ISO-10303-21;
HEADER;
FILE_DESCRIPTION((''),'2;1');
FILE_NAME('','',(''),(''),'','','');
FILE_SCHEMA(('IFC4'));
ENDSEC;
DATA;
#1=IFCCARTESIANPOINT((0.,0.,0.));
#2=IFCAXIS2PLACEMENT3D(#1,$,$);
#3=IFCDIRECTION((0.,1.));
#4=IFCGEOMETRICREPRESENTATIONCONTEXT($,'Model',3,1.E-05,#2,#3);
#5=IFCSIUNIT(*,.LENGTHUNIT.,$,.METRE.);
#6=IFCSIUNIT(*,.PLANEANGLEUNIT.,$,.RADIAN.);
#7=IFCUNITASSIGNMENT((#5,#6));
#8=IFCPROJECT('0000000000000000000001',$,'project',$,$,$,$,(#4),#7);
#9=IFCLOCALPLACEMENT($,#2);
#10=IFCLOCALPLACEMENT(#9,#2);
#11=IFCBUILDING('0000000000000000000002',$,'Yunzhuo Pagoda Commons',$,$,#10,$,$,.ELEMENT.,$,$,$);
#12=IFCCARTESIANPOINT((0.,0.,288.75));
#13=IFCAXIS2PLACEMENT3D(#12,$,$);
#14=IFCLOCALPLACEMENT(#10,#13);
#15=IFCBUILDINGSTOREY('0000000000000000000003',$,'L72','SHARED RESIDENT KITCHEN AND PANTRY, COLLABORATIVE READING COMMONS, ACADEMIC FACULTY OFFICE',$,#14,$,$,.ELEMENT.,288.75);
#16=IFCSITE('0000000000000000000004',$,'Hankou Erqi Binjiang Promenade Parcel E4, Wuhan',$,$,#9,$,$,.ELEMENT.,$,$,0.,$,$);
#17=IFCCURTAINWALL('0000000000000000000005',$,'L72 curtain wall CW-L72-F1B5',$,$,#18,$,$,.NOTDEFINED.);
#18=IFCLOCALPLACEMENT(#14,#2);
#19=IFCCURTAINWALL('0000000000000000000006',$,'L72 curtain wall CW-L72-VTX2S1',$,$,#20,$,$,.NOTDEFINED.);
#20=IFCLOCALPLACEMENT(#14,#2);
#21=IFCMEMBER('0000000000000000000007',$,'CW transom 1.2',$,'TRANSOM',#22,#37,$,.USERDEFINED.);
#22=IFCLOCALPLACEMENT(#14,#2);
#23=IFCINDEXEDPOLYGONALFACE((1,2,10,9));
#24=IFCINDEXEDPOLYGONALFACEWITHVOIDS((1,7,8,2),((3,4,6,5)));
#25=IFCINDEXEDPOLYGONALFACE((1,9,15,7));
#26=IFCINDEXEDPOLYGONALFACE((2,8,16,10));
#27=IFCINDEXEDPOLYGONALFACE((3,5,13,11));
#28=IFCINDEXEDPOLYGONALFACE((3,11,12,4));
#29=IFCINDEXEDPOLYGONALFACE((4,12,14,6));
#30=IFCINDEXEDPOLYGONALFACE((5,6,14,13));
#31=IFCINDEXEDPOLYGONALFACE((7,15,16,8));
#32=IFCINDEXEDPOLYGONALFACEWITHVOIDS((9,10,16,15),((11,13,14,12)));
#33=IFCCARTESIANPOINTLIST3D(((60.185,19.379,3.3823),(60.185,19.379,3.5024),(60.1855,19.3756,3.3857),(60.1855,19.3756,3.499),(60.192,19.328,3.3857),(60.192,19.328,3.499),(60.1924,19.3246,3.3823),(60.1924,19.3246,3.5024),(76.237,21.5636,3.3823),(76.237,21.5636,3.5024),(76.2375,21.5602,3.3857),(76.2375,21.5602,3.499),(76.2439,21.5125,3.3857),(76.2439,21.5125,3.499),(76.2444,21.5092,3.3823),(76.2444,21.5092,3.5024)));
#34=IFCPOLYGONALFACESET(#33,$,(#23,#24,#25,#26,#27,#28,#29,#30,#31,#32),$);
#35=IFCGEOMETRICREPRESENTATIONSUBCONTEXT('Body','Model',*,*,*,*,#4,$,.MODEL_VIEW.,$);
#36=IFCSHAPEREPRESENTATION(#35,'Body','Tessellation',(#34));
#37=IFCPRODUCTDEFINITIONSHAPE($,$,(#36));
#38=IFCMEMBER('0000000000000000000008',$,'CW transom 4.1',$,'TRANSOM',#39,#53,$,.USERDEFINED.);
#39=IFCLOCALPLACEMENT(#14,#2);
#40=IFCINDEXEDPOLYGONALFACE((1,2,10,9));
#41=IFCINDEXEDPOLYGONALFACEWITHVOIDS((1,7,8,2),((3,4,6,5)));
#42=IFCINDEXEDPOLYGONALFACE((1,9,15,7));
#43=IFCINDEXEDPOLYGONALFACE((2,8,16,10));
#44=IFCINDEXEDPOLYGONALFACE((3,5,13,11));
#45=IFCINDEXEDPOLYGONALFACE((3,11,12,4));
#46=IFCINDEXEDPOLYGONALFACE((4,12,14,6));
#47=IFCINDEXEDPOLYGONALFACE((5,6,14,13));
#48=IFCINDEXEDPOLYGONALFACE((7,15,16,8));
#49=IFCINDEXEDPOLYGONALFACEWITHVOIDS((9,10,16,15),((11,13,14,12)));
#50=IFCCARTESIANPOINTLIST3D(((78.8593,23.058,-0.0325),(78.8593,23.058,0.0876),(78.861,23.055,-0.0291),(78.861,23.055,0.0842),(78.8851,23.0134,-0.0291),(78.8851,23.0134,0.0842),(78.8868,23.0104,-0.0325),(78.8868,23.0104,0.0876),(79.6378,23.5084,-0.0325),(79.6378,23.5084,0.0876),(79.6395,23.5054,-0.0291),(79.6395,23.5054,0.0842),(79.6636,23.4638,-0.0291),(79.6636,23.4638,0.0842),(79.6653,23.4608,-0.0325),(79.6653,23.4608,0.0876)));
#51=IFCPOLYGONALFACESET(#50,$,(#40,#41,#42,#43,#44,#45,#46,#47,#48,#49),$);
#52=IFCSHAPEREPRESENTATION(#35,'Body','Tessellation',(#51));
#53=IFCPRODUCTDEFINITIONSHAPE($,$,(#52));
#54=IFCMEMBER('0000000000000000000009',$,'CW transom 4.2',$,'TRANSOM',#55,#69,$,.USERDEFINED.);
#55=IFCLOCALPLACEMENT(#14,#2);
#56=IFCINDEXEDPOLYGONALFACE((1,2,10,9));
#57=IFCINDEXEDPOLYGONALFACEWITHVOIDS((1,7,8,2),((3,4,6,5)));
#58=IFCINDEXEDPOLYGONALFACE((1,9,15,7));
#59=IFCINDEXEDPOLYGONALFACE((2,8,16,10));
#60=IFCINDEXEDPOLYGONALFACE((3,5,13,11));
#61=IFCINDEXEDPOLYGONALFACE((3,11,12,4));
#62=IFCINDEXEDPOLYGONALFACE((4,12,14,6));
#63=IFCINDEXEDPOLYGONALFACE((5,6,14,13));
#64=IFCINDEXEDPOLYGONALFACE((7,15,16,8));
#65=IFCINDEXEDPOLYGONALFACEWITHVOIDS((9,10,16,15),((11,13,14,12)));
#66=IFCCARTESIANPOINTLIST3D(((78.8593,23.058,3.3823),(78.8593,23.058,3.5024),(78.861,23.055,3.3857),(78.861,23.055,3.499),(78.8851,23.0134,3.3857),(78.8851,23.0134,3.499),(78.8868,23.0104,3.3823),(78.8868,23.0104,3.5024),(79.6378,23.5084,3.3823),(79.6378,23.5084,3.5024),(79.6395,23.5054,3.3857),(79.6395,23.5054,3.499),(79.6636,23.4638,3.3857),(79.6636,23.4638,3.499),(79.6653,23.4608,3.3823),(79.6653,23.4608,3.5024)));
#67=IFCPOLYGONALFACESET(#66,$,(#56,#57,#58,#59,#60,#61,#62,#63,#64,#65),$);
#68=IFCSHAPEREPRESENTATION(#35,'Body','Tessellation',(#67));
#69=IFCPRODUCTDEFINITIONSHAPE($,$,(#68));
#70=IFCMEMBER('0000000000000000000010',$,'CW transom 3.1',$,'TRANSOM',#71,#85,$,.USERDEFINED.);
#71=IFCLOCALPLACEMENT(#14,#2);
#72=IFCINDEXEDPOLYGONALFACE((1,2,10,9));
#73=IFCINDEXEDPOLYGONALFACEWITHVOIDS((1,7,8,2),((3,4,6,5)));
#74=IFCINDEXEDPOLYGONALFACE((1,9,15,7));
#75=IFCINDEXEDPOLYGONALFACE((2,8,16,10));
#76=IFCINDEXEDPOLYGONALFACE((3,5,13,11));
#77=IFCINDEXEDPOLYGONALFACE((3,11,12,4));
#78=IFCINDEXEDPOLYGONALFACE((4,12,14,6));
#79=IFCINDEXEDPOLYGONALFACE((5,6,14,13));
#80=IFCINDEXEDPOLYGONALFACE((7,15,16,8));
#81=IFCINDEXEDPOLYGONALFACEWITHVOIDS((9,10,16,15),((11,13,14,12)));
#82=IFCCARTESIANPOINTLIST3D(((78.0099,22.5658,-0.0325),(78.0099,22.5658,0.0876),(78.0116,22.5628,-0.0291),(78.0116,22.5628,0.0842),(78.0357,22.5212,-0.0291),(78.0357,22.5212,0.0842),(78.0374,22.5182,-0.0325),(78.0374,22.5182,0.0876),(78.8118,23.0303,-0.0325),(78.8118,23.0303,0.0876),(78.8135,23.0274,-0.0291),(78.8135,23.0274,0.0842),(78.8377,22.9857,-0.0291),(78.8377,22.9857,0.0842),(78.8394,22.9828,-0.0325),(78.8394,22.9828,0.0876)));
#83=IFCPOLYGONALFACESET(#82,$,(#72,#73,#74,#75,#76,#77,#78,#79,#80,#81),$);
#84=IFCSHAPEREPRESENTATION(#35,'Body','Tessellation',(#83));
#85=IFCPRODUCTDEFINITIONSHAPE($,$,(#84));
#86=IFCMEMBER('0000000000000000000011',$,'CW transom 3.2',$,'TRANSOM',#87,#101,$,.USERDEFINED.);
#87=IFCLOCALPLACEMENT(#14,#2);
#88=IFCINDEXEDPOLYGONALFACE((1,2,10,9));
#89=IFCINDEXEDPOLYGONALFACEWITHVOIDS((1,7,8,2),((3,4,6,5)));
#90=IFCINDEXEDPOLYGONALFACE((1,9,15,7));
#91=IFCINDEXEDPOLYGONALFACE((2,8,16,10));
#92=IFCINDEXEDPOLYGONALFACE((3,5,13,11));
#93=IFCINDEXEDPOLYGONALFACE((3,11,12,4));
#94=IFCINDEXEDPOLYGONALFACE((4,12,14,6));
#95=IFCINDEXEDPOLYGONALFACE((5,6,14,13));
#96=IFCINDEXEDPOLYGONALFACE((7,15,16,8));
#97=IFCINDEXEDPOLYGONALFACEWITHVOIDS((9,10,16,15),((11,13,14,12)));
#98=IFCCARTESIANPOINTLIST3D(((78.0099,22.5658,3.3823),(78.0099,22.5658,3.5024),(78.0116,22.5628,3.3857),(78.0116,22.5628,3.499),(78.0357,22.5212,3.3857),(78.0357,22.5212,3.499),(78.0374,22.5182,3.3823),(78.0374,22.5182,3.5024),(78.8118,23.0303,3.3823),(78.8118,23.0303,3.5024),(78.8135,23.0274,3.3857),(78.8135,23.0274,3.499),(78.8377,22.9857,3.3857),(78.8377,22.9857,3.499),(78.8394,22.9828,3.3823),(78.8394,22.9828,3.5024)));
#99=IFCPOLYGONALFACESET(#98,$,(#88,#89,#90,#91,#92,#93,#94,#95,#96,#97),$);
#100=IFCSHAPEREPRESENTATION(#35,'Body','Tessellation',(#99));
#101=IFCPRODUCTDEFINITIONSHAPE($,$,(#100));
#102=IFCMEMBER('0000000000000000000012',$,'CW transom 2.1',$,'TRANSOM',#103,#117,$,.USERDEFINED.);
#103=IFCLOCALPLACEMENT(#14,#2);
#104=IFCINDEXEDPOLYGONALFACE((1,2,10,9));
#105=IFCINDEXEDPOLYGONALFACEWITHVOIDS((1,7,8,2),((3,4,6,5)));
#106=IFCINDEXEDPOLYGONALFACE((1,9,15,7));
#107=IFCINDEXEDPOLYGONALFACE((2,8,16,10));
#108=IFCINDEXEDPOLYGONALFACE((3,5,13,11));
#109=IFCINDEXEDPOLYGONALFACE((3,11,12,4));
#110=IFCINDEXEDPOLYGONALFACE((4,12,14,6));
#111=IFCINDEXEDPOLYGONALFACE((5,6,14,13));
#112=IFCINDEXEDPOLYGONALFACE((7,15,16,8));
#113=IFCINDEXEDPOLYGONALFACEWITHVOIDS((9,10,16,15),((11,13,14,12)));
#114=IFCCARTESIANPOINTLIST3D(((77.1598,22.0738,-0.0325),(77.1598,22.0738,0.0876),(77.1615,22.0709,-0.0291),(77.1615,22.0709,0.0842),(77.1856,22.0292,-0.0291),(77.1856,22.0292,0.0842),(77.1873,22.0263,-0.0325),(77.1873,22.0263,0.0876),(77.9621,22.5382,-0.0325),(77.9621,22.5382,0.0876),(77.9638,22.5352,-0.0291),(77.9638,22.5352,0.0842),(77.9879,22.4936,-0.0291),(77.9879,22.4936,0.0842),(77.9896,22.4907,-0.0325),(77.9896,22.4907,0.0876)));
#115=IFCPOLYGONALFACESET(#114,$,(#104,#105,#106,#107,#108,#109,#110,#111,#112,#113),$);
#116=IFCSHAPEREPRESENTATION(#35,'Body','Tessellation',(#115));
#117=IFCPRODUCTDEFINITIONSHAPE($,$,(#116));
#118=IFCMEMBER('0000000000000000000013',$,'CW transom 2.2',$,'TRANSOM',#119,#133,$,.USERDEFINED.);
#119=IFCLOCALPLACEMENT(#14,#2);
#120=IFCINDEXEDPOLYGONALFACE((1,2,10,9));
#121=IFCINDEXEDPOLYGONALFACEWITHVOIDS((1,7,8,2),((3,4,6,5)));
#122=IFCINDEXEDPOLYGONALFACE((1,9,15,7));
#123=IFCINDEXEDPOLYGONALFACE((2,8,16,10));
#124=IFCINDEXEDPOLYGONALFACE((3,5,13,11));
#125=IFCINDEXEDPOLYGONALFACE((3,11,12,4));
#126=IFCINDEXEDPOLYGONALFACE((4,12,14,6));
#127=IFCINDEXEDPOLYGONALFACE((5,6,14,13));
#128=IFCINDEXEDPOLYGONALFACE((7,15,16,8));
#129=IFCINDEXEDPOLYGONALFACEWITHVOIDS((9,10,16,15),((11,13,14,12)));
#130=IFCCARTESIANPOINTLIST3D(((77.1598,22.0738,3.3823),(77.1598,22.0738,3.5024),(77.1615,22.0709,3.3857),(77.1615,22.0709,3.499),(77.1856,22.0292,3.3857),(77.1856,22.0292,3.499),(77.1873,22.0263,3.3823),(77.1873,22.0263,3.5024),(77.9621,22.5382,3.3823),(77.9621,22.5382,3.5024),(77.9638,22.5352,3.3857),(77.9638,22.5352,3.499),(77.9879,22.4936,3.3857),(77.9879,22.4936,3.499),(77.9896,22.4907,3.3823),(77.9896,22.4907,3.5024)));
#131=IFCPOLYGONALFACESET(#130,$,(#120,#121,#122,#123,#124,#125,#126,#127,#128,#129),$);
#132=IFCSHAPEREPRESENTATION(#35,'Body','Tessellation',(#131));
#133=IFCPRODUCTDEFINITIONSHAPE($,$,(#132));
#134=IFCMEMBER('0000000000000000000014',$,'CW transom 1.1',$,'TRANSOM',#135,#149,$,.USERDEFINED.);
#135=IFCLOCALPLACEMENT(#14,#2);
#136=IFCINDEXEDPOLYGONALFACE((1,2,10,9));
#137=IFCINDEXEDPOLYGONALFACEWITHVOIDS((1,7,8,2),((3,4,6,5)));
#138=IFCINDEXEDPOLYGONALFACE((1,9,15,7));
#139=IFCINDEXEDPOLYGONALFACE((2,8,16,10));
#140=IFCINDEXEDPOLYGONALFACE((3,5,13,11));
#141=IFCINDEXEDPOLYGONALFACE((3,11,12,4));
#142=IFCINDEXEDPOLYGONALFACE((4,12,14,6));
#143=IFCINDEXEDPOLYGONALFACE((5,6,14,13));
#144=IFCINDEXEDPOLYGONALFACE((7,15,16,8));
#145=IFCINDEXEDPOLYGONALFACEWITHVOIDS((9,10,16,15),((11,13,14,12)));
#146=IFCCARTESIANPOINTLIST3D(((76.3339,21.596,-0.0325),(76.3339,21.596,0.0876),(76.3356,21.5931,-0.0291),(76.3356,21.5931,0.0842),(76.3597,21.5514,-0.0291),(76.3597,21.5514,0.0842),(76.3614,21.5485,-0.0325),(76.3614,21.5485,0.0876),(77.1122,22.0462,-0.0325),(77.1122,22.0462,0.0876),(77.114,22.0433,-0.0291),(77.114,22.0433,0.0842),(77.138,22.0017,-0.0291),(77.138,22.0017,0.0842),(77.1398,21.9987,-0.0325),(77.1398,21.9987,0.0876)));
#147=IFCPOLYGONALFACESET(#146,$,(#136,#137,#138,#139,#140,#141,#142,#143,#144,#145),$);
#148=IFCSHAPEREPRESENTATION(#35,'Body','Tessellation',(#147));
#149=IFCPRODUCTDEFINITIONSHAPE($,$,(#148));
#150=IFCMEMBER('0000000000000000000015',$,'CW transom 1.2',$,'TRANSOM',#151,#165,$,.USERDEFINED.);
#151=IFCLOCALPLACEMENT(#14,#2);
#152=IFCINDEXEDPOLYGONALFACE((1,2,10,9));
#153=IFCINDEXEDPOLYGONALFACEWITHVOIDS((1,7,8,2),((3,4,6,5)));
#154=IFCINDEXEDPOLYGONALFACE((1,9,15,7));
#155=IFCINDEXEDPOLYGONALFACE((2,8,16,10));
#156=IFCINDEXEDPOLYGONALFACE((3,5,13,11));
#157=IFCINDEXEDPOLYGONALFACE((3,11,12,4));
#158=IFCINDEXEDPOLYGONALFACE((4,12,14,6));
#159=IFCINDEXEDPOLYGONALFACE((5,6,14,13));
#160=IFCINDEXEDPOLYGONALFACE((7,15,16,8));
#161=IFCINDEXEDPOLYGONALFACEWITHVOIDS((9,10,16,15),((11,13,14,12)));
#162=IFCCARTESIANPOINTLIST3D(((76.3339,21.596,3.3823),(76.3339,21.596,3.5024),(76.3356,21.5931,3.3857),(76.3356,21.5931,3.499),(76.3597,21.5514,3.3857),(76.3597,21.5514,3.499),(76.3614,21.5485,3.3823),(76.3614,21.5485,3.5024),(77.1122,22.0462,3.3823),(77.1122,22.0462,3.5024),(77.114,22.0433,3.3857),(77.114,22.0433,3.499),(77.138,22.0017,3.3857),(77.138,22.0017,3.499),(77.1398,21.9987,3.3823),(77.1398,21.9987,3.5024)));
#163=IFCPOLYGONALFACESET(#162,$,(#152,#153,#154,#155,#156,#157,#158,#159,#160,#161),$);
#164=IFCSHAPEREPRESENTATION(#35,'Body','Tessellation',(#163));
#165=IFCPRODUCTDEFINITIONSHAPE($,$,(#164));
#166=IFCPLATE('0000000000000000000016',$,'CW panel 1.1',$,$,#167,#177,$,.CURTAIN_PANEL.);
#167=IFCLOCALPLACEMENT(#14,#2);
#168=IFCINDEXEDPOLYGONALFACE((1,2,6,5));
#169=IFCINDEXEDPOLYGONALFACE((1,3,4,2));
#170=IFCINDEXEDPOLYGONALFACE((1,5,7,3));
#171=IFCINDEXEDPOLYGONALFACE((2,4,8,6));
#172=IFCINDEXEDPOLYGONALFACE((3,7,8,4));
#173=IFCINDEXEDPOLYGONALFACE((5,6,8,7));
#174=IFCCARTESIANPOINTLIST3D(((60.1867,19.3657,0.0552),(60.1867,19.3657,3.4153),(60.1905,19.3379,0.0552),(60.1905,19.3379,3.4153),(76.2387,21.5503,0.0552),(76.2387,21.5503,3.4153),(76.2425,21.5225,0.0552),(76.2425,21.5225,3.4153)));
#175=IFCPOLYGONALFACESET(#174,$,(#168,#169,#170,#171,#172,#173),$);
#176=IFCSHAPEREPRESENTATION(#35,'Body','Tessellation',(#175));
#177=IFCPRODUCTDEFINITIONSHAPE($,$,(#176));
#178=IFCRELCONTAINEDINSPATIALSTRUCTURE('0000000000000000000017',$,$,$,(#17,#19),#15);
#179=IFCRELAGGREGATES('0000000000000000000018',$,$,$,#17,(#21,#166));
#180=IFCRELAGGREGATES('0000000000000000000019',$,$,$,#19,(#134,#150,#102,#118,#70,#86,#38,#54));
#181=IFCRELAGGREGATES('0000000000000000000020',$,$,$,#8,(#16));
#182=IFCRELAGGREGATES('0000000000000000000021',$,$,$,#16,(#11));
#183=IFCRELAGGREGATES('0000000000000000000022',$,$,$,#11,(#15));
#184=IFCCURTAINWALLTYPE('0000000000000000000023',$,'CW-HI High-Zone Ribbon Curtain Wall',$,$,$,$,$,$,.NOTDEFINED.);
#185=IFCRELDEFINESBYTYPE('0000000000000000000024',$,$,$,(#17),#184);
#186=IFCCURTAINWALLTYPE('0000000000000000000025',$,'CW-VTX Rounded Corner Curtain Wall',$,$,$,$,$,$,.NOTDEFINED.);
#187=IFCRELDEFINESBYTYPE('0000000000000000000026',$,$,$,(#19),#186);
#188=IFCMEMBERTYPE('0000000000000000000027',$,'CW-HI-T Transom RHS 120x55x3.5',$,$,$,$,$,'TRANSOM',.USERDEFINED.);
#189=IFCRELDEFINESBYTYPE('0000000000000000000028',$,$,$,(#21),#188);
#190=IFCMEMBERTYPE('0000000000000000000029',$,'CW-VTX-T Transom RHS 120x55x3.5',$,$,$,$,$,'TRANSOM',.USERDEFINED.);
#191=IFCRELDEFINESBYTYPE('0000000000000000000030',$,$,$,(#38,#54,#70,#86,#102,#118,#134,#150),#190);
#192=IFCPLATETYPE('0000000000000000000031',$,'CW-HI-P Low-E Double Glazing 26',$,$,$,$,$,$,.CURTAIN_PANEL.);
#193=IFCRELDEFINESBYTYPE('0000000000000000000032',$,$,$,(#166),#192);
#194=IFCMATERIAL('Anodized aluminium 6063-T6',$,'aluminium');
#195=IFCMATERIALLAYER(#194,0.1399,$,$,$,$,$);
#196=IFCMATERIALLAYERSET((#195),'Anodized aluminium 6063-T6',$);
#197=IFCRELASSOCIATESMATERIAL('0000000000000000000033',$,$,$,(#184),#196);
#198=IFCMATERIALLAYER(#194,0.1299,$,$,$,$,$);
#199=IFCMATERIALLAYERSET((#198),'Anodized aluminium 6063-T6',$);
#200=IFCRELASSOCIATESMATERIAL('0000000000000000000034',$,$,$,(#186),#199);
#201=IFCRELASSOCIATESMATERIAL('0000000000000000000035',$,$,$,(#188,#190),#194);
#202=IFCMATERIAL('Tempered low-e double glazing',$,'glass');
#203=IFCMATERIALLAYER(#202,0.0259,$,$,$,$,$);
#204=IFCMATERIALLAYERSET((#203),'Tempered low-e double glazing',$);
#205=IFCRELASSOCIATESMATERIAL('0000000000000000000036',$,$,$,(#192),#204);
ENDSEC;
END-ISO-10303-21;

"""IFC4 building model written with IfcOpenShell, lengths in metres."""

from ifc_helpers import new_model, si_unit, direction, frame, origin, origin_2d, place, context, subcontext, project, spatial, rectangle, hollow_rectangle, extrude, source, transform, mapped, material, layer, layer_set, material_profile, profile_set, type_object, element, aggregate, save


model = new_model("IFC4")

# Units and contexts
model_context = context("Model", 3, precision=1e-05, world=origin(), true_north=direction((0.0, 1.0)))
body_context = subcontext(model_context, "Body", "Model", "MODEL_VIEW")
ifc_project = project(units=[si_unit("LENGTHUNIT", "METRE"), si_unit("PLANEANGLEUNIT", "RADIAN")], contexts=[model_context])

# Site, building, storey
site_placement = place(None, origin())
site = spatial("IfcSite", under=ifc_project, at=site_placement, Name="Hankou Erqi Binjiang Promenade Parcel E4, Wuhan", CompositionType="ELEMENT", RefElevation=0.0)
building_placement = place(site_placement, origin())
building = spatial("IfcBuilding", under=site, at=building_placement, Name="Yunzhuo Pagoda Commons", CompositionType="ELEMENT")
storey_placement = place(building_placement, frame((0.0, 0.0, 288.75)))
storey = spatial("IfcBuildingStorey", under=building, at=storey_placement, Name="L72", Description="SHARED RESIDENT KITCHEN AND PANTRY, COLLABORATIVE READING COMMONS, ACADEMIC FACULTY OFFICE", CompositionType="ELEMENT", Elevation=288.75)

# Curtain walls
ifc_material_1 = material(Name="Anodized aluminium 6063-T6", Category="aluminium")
ifc_layer_1 = layer(ifc_material_1, 0.1399)
ifc_layer_set_1 = layer_set([ifc_layer_1], Name="Anodized aluminium 6063-T6")
curtain_wall_type_1 = type_object("IfcCurtainWallType", Name="CW-HI High-Zone Ribbon Curtain Wall", PredefinedType="NOTDEFINED", material=ifc_layer_set_1)
curtain_wall_1_placement = place(storey_placement, origin())
curtain_wall_1 = element("IfcCurtainWall", 1, at=curtain_wall_1_placement, inside=storey, type_object=curtain_wall_type_1, Name="L72 curtain wall CW-L72-F1B5", PredefinedType="NOTDEFINED")
ifc_layer_2 = layer(ifc_material_1, 0.1299)
ifc_layer_set_2 = layer_set([ifc_layer_2], Name="Anodized aluminium 6063-T6")
curtain_wall_type_2 = type_object("IfcCurtainWallType", Name="CW-VTX Rounded Corner Curtain Wall", PredefinedType="NOTDEFINED", material=ifc_layer_set_2)
curtain_wall_2_placement = place(storey_placement, origin())
curtain_wall_2 = element("IfcCurtainWall", 2, at=curtain_wall_2_placement, inside=storey, type_object=curtain_wall_type_2, Name="L72 curtain wall CW-L72-VTX2S1", PredefinedType="NOTDEFINED")

# Members
ifc_material_profile_1 = material_profile(ifc_material_1, hollow_rectangle(XDim=0.0549, YDim=0.1201, WallThickness=0.0034, at=origin_2d()), Name="Anodized aluminium 6063-T6")
ifc_profile_set_1 = profile_set([ifc_material_profile_1], Name="Anodized aluminium 6063-T6")
member_type_1 = type_object("IfcMemberType", Name="CW-HI-T Transom RHS 120x55x3.5", ElementType="TRANSOM", PredefinedType="USERDEFINED", material=ifc_profile_set_1)
shared_shape_1 = source(origin(), body_context, "Body", "SweptSolid", [
    extrude(hollow_rectangle(XDim=0.0549, YDim=0.1201, WallThickness=0.0034, at=origin_2d()), origin(), (0.0, 0.0, 1.0), 16.2),
])
member_1_placement = place(storey_placement, frame((60.1887, 19.3518, 3.4424), z_axis=(0.990866, 0.13485, 0.0), x_axis=(-0.13485, 0.990866, 0.0)))
member_1 = element("IfcMember", 3, at=member_1_placement, type_object=member_type_1, Name="CW transom 1.2", ObjectType="TRANSOM", PredefinedType="USERDEFINED", context=body_context, shape_type="MappedRepresentation", body=[
    mapped(shared_shape_1, transform((0.0, 0.0, 0.0), scale=1.0)),
])
ifc_material_profile_2 = material_profile(ifc_material_1, hollow_rectangle(XDim=0.0549, YDim=0.1201, WallThickness=0.0034, at=origin_2d()), Name="Anodized aluminium 6063-T6")
ifc_profile_set_2 = profile_set([ifc_material_profile_2], Name="Anodized aluminium 6063-T6")
member_type_2 = type_object("IfcMemberType", Name="CW-VTX-T Transom RHS 120x55x3.5", ElementType="TRANSOM", PredefinedType="USERDEFINED", material=ifc_profile_set_2)
shared_shape_2 = source(origin(), body_context, "Body", "SweptSolid", [
    extrude(hollow_rectangle(XDim=0.0549, YDim=0.1201, WallThickness=0.0034, at=origin_2d()), origin(), (0.0, 0.0, 1.0), 0.8994),
])
member_2_placement = place(storey_placement, frame((78.873, 23.0342, 0.0276), z_axis=(0.865575, 0.500779, 0.0), x_axis=(-0.500779, 0.865575, 0.0)))
member_2 = element("IfcMember", 4, at=member_2_placement, type_object=member_type_2, Name="CW transom 4.1", ObjectType="TRANSOM", PredefinedType="USERDEFINED", context=body_context, shape_type="MappedRepresentation", body=[
    mapped(shared_shape_2, transform((0.0, 0.0, 0.0), scale=1.0)),
])
member_3_placement = place(storey_placement, frame((78.873, 23.0342, 3.4424), z_axis=(0.865575, 0.500779, 0.0), x_axis=(-0.500779, 0.865575, 0.0)))
member_3 = element("IfcMember", 5, at=member_3_placement, type_object=member_type_2, Name="CW transom 4.2", ObjectType="TRANSOM", PredefinedType="USERDEFINED", context=body_context, shape_type="MappedRepresentation", body=[
    mapped(shared_shape_2, transform((0.0, 0.0, 0.0), scale=1.0)),
])
shared_shape_3 = source(origin(), body_context, "Body", "SweptSolid", [
    extrude(hollow_rectangle(XDim=0.0549, YDim=0.1201, WallThickness=0.0034, at=origin_2d()), origin(), (0.0, 0.0, 1.0), 0.9268),
])
member_4_placement = place(storey_placement, frame((78.0237, 22.542, 0.0276), z_axis=(0.865294, 0.501265, 0.0), x_axis=(-0.501265, 0.865294, 0.0)))
member_4 = element("IfcMember", 6, at=member_4_placement, type_object=member_type_2, Name="CW transom 3.1", ObjectType="TRANSOM", PredefinedType="USERDEFINED", context=body_context, shape_type="MappedRepresentation", body=[
    mapped(shared_shape_3, transform((0.0, 0.0, 0.0), scale=1.0)),
])
member_5_placement = place(storey_placement, frame((78.0237, 22.542, 3.4424), z_axis=(0.865294, 0.501265, 0.0), x_axis=(-0.501265, 0.865294, 0.0)))
member_5 = element("IfcMember", 7, at=member_5_placement, type_object=member_type_2, Name="CW transom 3.2", ObjectType="TRANSOM", PredefinedType="USERDEFINED", context=body_context, shape_type="MappedRepresentation", body=[
    mapped(shared_shape_3, transform((0.0, 0.0, 0.0), scale=1.0)),
])
shared_shape_4 = source(origin(), body_context, "Body", "SweptSolid", [
    extrude(hollow_rectangle(XDim=0.0549, YDim=0.1201, WallThickness=0.0034, at=origin_2d()), origin(), (0.0, 0.0, 1.0), 0.927),
])
member_6_placement = place(storey_placement, frame((77.1736, 22.05, 0.0276), z_axis=(0.865474, 0.500953, 0.0), x_axis=(-0.500953, 0.865474, 0.0)))
member_6 = element("IfcMember", 8, at=member_6_placement, type_object=member_type_2, Name="CW transom 2.1", ObjectType="TRANSOM", PredefinedType="USERDEFINED", context=body_context, shape_type="MappedRepresentation", body=[
    mapped(shared_shape_4, transform((0.0, 0.0, 0.0), scale=1.0)),
])
member_7_placement = place(storey_placement, frame((77.1736, 22.05, 3.4424), z_axis=(0.865474, 0.500953, 0.0), x_axis=(-0.500953, 0.865474, 0.0)))
member_7 = element("IfcMember", 9, at=member_7_placement, type_object=member_type_2, Name="CW transom 2.2", ObjectType="TRANSOM", PredefinedType="USERDEFINED", context=body_context, shape_type="MappedRepresentation", body=[
    mapped(shared_shape_4, transform((0.0, 0.0, 0.0), scale=1.0)),
])
shared_shape_5 = source(origin(), body_context, "Body", "SweptSolid", [
    extrude(hollow_rectangle(XDim=0.0549, YDim=0.1201, WallThickness=0.0034, at=origin_2d()), origin(), (0.0, 0.0, 1.0), 0.8992),
])
member_8_placement = place(storey_placement, frame((76.3477, 21.5723, 0.0276), z_axis=(0.865625, 0.500694, 0.0), x_axis=(-0.500694, 0.865625, 0.0)))
member_8 = element("IfcMember", 10, at=member_8_placement, type_object=member_type_2, Name="CW transom 1.1", ObjectType="TRANSOM", PredefinedType="USERDEFINED", context=body_context, shape_type="MappedRepresentation", body=[
    mapped(shared_shape_5, transform((0.0, 0.0, 0.0), scale=1.0)),
])
member_9_placement = place(storey_placement, frame((76.3477, 21.5723, 3.4424), z_axis=(0.865625, 0.500694, 0.0), x_axis=(-0.500694, 0.865625, 0.0)))
member_9 = element("IfcMember", 11, at=member_9_placement, type_object=member_type_2, Name="CW transom 1.2", ObjectType="TRANSOM", PredefinedType="USERDEFINED", context=body_context, shape_type="MappedRepresentation", body=[
    mapped(shared_shape_5, transform((0.0, 0.0, 0.0), scale=1.0)),
])

# Plate
ifc_material_2 = material(Name="Tempered low-e double glazing", Category="glass")
ifc_layer_3 = layer(ifc_material_2, 0.0259)
ifc_layer_set_3 = layer_set([ifc_layer_3], Name="Tempered low-e double glazing")
plate_type_1 = type_object("IfcPlateType", Name="CW-HI-P Low-E Double Glazing 26", PredefinedType="CURTAIN_PANEL", material=ifc_layer_set_3)
shared_shape_6 = source(origin(), body_context, "Body", "SweptSolid", [
    extrude(rectangle(XDim=16.2, YDim=0.0281, at=origin_2d()), origin(), (0.0, 0.0, 1.0), 3.3601),
])
plate_1_placement = place(storey_placement, frame((68.2146, 20.4441, 0.0552), z_axis=(0.0, 0.0, 1.0), x_axis=(0.990865, 0.134854, 0.0)))
plate_1 = element("IfcPlate", 12, at=plate_1_placement, type_object=plate_type_1, Name="CW panel 1.1", PredefinedType="CURTAIN_PANEL", context=body_context, shape_type="MappedRepresentation", body=[
    mapped(shared_shape_6, transform((0.0, 0.0, 0.0), scale=1.0)),
])
aggregate(curtain_wall_1, [member_1, plate_1])
aggregate(curtain_wall_2, [member_8, member_9, member_6, member_7, member_4, member_5, member_2, member_3])

save(model, "model.ifc")
